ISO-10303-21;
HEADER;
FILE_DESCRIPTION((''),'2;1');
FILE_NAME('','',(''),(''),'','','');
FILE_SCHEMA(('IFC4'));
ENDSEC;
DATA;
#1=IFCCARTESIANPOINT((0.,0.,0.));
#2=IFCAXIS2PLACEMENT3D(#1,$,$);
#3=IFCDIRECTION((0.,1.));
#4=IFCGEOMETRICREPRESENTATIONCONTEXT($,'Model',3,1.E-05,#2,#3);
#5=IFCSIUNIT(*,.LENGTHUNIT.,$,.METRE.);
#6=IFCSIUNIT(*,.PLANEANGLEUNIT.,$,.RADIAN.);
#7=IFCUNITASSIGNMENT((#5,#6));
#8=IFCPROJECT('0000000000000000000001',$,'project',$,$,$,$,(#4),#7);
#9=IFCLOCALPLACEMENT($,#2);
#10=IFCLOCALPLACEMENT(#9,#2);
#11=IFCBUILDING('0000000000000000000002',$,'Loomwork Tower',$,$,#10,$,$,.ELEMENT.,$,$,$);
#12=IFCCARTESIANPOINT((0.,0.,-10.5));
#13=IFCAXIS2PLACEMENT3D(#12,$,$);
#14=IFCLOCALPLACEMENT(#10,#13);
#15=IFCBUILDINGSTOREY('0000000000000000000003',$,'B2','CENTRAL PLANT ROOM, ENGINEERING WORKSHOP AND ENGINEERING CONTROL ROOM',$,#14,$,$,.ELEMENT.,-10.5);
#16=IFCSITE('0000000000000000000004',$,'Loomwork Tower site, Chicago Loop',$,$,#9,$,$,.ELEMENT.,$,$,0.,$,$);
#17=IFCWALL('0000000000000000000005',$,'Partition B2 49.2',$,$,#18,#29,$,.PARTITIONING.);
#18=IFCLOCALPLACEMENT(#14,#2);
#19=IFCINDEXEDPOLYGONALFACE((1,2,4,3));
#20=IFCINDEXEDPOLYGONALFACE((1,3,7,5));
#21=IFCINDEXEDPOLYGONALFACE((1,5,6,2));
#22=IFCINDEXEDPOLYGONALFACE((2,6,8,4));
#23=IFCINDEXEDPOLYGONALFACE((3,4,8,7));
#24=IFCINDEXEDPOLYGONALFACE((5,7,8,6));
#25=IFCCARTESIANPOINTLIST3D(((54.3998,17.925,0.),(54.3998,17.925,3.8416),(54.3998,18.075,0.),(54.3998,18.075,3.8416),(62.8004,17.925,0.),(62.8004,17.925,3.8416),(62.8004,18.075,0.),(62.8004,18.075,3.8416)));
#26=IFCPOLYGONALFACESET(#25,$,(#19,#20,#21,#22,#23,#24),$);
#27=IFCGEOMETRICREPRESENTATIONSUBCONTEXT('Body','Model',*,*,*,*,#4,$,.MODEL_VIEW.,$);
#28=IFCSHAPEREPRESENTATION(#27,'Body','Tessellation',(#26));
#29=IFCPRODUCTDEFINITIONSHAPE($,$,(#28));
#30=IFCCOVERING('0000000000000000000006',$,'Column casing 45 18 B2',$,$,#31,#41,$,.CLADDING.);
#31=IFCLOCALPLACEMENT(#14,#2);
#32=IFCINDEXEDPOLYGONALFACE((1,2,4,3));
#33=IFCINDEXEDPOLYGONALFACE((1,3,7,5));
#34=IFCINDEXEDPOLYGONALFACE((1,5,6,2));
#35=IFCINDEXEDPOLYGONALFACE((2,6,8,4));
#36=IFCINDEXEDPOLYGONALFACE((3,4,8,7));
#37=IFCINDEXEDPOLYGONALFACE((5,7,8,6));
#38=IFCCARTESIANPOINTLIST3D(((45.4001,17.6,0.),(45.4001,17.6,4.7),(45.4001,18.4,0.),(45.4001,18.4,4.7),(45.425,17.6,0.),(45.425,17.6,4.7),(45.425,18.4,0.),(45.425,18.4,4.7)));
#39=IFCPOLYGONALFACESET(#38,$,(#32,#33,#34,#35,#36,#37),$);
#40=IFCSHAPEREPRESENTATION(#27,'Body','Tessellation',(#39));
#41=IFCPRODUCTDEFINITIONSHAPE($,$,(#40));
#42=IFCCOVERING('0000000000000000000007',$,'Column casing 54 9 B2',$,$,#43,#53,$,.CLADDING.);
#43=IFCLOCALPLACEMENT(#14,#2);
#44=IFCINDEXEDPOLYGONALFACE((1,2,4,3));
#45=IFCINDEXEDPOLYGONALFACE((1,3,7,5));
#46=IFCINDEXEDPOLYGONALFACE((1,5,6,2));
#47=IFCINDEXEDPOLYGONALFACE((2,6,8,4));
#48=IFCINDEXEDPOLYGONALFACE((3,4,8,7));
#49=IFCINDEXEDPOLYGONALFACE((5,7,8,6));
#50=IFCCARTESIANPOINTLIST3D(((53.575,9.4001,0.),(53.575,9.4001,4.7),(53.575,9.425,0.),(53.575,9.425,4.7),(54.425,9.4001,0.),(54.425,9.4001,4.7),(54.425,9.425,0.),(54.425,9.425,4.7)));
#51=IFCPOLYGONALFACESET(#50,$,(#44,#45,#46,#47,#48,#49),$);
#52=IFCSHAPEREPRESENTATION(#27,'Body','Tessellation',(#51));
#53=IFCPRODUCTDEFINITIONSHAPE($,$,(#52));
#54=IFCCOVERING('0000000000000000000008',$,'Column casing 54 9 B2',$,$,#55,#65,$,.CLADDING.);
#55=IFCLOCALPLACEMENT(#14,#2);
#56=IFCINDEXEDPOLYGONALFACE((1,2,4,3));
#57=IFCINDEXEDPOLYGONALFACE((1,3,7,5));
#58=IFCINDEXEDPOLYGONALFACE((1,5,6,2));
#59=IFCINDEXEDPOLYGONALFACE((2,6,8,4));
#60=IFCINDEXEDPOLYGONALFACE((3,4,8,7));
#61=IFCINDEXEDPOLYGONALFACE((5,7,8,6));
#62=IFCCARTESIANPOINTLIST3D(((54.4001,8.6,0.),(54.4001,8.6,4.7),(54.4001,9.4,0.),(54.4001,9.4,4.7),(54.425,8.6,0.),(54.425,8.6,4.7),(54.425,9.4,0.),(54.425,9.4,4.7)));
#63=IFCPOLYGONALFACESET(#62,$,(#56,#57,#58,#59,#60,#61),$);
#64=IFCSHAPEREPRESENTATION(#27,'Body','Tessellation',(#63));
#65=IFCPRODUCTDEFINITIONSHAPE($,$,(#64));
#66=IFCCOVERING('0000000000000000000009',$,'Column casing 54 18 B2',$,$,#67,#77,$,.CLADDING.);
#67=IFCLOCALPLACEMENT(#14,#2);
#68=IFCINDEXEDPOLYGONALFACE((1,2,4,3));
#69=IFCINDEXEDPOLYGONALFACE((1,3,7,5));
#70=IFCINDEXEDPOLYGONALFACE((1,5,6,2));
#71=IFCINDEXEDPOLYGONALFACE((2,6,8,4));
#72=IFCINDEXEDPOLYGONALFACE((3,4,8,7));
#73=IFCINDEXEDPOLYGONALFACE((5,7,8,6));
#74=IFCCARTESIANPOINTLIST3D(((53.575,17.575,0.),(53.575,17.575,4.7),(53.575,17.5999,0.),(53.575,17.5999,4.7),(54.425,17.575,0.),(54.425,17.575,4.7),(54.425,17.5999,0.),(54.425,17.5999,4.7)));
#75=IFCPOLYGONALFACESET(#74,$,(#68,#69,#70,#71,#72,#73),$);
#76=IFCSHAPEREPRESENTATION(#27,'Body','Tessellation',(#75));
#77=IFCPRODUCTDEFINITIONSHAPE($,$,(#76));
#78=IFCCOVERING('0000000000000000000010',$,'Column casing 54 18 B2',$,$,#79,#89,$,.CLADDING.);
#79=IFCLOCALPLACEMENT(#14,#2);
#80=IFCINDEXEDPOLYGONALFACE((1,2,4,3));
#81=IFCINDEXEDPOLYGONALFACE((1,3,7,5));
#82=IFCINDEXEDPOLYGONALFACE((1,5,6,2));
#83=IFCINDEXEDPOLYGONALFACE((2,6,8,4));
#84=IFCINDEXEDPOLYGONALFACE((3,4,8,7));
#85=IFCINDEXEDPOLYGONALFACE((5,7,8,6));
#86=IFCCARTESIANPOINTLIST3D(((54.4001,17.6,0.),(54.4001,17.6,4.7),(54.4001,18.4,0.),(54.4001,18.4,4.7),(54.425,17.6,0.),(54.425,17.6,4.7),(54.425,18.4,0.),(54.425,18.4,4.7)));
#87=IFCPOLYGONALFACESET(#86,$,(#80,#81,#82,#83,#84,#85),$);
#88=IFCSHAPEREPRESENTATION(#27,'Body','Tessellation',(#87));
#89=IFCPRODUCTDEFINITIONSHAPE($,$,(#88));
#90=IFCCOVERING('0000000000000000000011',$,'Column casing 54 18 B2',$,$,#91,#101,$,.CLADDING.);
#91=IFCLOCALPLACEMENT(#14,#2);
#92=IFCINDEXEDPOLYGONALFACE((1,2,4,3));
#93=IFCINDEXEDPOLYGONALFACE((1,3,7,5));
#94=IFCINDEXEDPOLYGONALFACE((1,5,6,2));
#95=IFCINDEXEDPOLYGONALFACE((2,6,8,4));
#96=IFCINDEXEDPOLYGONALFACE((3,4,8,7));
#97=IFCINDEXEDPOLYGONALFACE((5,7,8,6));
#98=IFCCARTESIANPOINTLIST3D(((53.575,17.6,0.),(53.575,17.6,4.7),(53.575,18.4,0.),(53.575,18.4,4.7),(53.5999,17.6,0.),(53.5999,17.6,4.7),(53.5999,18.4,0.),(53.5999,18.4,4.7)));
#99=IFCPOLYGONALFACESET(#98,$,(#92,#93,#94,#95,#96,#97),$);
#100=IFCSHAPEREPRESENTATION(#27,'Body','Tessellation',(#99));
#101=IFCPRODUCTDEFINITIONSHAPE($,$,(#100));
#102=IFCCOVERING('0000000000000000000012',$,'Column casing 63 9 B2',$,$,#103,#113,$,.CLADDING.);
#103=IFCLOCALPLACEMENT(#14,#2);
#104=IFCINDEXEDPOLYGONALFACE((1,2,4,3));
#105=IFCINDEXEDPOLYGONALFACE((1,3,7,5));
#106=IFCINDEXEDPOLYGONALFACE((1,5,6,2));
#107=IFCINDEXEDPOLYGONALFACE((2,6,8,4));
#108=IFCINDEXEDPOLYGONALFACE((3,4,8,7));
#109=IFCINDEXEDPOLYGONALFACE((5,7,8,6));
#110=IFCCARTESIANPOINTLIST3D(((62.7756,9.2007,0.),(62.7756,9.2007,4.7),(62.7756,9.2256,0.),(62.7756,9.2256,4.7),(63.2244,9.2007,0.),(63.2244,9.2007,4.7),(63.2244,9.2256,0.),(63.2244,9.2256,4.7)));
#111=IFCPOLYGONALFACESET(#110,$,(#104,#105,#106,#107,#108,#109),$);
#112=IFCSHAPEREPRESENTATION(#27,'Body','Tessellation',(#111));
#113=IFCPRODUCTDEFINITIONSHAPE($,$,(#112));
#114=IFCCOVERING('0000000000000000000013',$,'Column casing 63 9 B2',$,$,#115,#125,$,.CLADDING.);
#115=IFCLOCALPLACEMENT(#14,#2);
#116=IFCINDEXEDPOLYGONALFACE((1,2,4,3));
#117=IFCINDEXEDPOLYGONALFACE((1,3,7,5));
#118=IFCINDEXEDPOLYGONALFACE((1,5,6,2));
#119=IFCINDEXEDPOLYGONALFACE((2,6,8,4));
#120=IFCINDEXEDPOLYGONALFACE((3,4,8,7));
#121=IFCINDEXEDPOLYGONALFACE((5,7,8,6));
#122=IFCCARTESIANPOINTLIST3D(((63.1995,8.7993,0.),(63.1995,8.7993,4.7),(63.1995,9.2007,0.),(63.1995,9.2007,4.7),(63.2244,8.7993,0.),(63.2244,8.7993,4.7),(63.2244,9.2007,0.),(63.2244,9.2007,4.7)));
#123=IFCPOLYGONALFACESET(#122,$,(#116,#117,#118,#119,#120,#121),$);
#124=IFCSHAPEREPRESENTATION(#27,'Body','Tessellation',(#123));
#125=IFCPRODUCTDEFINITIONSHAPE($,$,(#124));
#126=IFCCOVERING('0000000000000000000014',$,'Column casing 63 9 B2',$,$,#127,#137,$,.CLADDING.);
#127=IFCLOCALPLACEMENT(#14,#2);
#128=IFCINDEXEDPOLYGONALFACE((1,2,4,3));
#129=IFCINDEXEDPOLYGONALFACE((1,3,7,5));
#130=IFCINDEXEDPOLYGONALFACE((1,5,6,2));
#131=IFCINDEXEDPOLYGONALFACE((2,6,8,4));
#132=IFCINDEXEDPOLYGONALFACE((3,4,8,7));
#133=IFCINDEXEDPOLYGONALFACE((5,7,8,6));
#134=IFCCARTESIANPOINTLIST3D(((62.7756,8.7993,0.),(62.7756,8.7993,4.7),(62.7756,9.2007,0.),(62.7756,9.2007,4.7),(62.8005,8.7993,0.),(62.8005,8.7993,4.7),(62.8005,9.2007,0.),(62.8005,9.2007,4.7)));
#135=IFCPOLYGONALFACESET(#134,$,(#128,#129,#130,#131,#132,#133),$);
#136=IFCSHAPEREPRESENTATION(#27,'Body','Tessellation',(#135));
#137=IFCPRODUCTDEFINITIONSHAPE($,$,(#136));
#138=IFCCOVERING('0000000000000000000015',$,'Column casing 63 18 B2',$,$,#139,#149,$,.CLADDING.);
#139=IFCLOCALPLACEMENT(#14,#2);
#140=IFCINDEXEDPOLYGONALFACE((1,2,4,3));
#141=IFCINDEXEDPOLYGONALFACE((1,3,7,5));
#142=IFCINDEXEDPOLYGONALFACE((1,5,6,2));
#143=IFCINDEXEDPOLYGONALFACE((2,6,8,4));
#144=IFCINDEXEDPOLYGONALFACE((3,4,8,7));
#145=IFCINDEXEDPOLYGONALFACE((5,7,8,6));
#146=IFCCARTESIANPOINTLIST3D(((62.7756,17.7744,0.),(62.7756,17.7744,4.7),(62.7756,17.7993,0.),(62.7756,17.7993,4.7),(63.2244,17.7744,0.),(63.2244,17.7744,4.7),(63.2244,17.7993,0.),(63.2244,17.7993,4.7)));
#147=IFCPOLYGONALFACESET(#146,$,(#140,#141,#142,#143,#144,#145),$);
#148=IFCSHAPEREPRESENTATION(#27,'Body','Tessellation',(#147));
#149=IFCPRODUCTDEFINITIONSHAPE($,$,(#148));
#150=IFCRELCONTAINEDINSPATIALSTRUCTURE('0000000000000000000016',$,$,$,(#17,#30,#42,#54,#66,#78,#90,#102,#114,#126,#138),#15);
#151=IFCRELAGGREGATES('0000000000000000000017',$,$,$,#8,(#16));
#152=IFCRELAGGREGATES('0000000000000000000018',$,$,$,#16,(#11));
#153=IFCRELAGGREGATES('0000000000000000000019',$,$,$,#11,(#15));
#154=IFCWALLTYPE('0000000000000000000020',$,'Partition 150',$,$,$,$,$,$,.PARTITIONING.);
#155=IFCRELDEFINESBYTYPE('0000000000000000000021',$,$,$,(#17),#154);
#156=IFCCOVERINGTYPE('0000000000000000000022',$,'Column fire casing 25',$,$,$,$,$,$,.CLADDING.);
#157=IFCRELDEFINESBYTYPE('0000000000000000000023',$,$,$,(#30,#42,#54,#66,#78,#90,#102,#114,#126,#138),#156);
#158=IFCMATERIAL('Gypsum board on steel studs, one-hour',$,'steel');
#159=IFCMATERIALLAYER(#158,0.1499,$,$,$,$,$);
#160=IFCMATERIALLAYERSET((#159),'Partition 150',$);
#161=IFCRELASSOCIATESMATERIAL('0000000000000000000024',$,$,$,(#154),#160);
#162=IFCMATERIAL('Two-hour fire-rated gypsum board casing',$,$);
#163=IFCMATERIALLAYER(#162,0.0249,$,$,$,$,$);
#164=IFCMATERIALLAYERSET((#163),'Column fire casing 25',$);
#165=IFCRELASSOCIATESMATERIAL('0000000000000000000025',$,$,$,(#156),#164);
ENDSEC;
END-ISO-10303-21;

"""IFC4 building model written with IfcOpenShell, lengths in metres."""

from ifc_helpers import new_model, si_unit, direction, frame, frame_2d, origin, origin_2d, place, context, subcontext, project, spatial, rectangle, extrude, material, layer, layer_set, type_object, element, save


model = new_model("IFC4")

# Units and contexts
model_context = context("Model", 3, precision=1e-05, world=origin(), true_north=direction((0.0, 1.0)))
body_context = subcontext(model_context, "Body", "Model", "MODEL_VIEW")
ifc_project = project(units=[si_unit("LENGTHUNIT", "METRE"), si_unit("PLANEANGLEUNIT", "RADIAN")], contexts=[model_context])

# Site, building, storey
site_placement = place(None, origin())
site = spatial("IfcSite", under=ifc_project, at=site_placement, Name="Loomwork Tower site, Chicago Loop", CompositionType="ELEMENT", RefElevation=0.0)
building_placement = place(site_placement, origin())
building = spatial("IfcBuilding", under=site, at=building_placement, Name="Loomwork Tower", CompositionType="ELEMENT")
storey_placement = place(building_placement, frame((0.0, 0.0, -10.5)))
storey = spatial("IfcBuildingStorey", under=building, at=storey_placement, Name="B2", Description="CENTRAL PLANT ROOM, ENGINEERING WORKSHOP AND ENGINEERING CONTROL ROOM", CompositionType="ELEMENT", Elevation=-10.5)

# Wall
ifc_material_1 = material(Name="Gypsum board on steel studs, one-hour", Category="steel")
ifc_layer_1 = layer(ifc_material_1, 0.1499)
ifc_layer_set_1 = layer_set([ifc_layer_1], Name="Partition 150")
wall_type = type_object("IfcWallType", Name="Partition 150", PredefinedType="PARTITIONING", material=ifc_layer_set_1)
wall_1_placement = place(storey_placement, frame((54.3999, 18.0, 0.0), z_axis=(0.0, 0.0, 1.0), x_axis=(1.0, 0.0, 0.0)))
element("IfcWall", 1, at=wall_1_placement, inside=storey, type_object=wall_type, Name="Partition B2 49.2", PredefinedType="PARTITIONING", context=body_context, shape_type="SweptSolid", body=[
    extrude(rectangle(XDim=8.4006, YDim=0.1499, at=frame_2d((4.2002, 0.0))), origin(), (0.0, 0.0, 1.0), 3.8416),
])

# Coverings
ifc_material_2 = material(Name="Two-hour fire-rated gypsum board casing")
ifc_layer_2 = layer(ifc_material_2, 0.0249)
ifc_layer_set_2 = layer_set([ifc_layer_2], Name="Column fire casing 25")
covering_type = type_object("IfcCoveringType", Name="Column fire casing 25", PredefinedType="CLADDING", material=ifc_layer_set_2)
covering_1_placement = place(storey_placement, frame((45.4126, 18.0, 0.0), z_axis=(0.0, 0.0, 1.0), x_axis=(1.0, 0.0, 0.0)))
element("IfcCovering", 2, at=covering_1_placement, inside=storey, type_object=covering_type, Name="Column casing 45 18 B2", PredefinedType="CLADDING", context=body_context, shape_type="SweptSolid", body=[
    extrude(rectangle(XDim=0.0249, YDim=0.8, at=origin_2d()), origin(), (0.0, 0.0, 1.0), 4.7),
])
covering_2_placement = place(storey_placement, frame((54.0, 9.4126, 0.0), z_axis=(0.0, 0.0, 1.0), x_axis=(1.0, 0.0, 0.0)))
element("IfcCovering", 3, at=covering_2_placement, inside=storey, type_object=covering_type, Name="Column casing 54 9 B2", PredefinedType="CLADDING", context=body_context, shape_type="SweptSolid", body=[
    extrude(rectangle(XDim=0.8501, YDim=0.0249, at=origin_2d()), origin(), (0.0, 0.0, 1.0), 4.7),
])
covering_3_placement = place(storey_placement, frame((54.4126, 9.0, 0.0), z_axis=(0.0, 0.0, 1.0), x_axis=(1.0, 0.0, 0.0)))
element("IfcCovering", 4, at=covering_3_placement, inside=storey, type_object=covering_type, Name="Column casing 54 9 B2", PredefinedType="CLADDING", context=body_context, shape_type="SweptSolid", body=[
    extrude(rectangle(XDim=0.0249, YDim=0.8, at=origin_2d()), origin(), (0.0, 0.0, 1.0), 4.7),
])
covering_4_placement = place(storey_placement, frame((54.0, 17.5874, 0.0), z_axis=(0.0, 0.0, 1.0), x_axis=(1.0, 0.0, 0.0)))
element("IfcCovering", 5, at=covering_4_placement, inside=storey, type_object=covering_type, Name="Column casing 54 18 B2", PredefinedType="CLADDING", context=body_context, shape_type="SweptSolid", body=[
    extrude(rectangle(XDim=0.8501, YDim=0.0249, at=origin_2d()), origin(), (0.0, 0.0, 1.0), 4.7),
])
for number, where, z_axis, x_axis, name in (
    (6, (54.4126, 18.0, 0.0), (0.0, 0.0, 1.0), (1.0, 0.0, 0.0), "Column casing 54 18 B2"),
    (7, (53.5874, 18.0, 0.0), (0.0, 0.0, 1.0), (1.0, 0.0, 0.0), "Column casing 54 18 B2"),
):
    element("IfcCovering", number, at=place(storey_placement, frame(where, z_axis=z_axis, x_axis=x_axis)), inside=storey, type_object=covering_type, Name=name, PredefinedType="CLADDING", context=body_context, shape_type="SweptSolid", body=[
        extrude(rectangle(XDim=0.0249, YDim=0.8, at=origin_2d()), origin(), (0.0, 0.0, 1.0), 4.7),
    ])
covering_5_placement = place(storey_placement, frame((63.0, 9.2131, 0.0), z_axis=(0.0, 0.0, 1.0), x_axis=(1.0, 0.0, 0.0)))
element("IfcCovering", 8, at=covering_5_placement, inside=storey, type_object=covering_type, Name="Column casing 63 9 B2", PredefinedType="CLADDING", context=body_context, shape_type="SweptSolid", body=[
    extrude(rectangle(XDim=0.4487, YDim=0.0249, at=origin_2d()), origin(), (0.0, 0.0, 1.0), 4.7),
])
for number, where, z_axis, x_axis, name in (
    (9, (63.2119, 9.0, 0.0), (0.0, 0.0, 1.0), (1.0, 0.0, 0.0), "Column casing 63 9 B2"),
    (10, (62.7881, 9.0, 0.0), (0.0, 0.0, 1.0), (1.0, 0.0, 0.0), "Column casing 63 9 B2"),
):
    element("IfcCovering", number, at=place(storey_placement, frame(where, z_axis=z_axis, x_axis=x_axis)), inside=storey, type_object=covering_type, Name=name, PredefinedType="CLADDING", context=body_context, shape_type="SweptSolid", body=[
        extrude(rectangle(XDim=0.0249, YDim=0.4014, at=origin_2d()), origin(), (0.0, 0.0, 1.0), 4.7),
    ])
covering_6_placement = place(storey_placement, frame((63.0, 17.7869, 0.0), z_axis=(0.0, 0.0, 1.0), x_axis=(1.0, 0.0, 0.0)))
element("IfcCovering", 11, at=covering_6_placement, inside=storey, type_object=covering_type, Name="Column casing 63 18 B2", PredefinedType="CLADDING", context=body_context, shape_type="SweptSolid", body=[
    extrude(rectangle(XDim=0.4487, YDim=0.0249, at=origin_2d()), origin(), (0.0, 0.0, 1.0), 4.7),
])

save(model, "model.ifc")
